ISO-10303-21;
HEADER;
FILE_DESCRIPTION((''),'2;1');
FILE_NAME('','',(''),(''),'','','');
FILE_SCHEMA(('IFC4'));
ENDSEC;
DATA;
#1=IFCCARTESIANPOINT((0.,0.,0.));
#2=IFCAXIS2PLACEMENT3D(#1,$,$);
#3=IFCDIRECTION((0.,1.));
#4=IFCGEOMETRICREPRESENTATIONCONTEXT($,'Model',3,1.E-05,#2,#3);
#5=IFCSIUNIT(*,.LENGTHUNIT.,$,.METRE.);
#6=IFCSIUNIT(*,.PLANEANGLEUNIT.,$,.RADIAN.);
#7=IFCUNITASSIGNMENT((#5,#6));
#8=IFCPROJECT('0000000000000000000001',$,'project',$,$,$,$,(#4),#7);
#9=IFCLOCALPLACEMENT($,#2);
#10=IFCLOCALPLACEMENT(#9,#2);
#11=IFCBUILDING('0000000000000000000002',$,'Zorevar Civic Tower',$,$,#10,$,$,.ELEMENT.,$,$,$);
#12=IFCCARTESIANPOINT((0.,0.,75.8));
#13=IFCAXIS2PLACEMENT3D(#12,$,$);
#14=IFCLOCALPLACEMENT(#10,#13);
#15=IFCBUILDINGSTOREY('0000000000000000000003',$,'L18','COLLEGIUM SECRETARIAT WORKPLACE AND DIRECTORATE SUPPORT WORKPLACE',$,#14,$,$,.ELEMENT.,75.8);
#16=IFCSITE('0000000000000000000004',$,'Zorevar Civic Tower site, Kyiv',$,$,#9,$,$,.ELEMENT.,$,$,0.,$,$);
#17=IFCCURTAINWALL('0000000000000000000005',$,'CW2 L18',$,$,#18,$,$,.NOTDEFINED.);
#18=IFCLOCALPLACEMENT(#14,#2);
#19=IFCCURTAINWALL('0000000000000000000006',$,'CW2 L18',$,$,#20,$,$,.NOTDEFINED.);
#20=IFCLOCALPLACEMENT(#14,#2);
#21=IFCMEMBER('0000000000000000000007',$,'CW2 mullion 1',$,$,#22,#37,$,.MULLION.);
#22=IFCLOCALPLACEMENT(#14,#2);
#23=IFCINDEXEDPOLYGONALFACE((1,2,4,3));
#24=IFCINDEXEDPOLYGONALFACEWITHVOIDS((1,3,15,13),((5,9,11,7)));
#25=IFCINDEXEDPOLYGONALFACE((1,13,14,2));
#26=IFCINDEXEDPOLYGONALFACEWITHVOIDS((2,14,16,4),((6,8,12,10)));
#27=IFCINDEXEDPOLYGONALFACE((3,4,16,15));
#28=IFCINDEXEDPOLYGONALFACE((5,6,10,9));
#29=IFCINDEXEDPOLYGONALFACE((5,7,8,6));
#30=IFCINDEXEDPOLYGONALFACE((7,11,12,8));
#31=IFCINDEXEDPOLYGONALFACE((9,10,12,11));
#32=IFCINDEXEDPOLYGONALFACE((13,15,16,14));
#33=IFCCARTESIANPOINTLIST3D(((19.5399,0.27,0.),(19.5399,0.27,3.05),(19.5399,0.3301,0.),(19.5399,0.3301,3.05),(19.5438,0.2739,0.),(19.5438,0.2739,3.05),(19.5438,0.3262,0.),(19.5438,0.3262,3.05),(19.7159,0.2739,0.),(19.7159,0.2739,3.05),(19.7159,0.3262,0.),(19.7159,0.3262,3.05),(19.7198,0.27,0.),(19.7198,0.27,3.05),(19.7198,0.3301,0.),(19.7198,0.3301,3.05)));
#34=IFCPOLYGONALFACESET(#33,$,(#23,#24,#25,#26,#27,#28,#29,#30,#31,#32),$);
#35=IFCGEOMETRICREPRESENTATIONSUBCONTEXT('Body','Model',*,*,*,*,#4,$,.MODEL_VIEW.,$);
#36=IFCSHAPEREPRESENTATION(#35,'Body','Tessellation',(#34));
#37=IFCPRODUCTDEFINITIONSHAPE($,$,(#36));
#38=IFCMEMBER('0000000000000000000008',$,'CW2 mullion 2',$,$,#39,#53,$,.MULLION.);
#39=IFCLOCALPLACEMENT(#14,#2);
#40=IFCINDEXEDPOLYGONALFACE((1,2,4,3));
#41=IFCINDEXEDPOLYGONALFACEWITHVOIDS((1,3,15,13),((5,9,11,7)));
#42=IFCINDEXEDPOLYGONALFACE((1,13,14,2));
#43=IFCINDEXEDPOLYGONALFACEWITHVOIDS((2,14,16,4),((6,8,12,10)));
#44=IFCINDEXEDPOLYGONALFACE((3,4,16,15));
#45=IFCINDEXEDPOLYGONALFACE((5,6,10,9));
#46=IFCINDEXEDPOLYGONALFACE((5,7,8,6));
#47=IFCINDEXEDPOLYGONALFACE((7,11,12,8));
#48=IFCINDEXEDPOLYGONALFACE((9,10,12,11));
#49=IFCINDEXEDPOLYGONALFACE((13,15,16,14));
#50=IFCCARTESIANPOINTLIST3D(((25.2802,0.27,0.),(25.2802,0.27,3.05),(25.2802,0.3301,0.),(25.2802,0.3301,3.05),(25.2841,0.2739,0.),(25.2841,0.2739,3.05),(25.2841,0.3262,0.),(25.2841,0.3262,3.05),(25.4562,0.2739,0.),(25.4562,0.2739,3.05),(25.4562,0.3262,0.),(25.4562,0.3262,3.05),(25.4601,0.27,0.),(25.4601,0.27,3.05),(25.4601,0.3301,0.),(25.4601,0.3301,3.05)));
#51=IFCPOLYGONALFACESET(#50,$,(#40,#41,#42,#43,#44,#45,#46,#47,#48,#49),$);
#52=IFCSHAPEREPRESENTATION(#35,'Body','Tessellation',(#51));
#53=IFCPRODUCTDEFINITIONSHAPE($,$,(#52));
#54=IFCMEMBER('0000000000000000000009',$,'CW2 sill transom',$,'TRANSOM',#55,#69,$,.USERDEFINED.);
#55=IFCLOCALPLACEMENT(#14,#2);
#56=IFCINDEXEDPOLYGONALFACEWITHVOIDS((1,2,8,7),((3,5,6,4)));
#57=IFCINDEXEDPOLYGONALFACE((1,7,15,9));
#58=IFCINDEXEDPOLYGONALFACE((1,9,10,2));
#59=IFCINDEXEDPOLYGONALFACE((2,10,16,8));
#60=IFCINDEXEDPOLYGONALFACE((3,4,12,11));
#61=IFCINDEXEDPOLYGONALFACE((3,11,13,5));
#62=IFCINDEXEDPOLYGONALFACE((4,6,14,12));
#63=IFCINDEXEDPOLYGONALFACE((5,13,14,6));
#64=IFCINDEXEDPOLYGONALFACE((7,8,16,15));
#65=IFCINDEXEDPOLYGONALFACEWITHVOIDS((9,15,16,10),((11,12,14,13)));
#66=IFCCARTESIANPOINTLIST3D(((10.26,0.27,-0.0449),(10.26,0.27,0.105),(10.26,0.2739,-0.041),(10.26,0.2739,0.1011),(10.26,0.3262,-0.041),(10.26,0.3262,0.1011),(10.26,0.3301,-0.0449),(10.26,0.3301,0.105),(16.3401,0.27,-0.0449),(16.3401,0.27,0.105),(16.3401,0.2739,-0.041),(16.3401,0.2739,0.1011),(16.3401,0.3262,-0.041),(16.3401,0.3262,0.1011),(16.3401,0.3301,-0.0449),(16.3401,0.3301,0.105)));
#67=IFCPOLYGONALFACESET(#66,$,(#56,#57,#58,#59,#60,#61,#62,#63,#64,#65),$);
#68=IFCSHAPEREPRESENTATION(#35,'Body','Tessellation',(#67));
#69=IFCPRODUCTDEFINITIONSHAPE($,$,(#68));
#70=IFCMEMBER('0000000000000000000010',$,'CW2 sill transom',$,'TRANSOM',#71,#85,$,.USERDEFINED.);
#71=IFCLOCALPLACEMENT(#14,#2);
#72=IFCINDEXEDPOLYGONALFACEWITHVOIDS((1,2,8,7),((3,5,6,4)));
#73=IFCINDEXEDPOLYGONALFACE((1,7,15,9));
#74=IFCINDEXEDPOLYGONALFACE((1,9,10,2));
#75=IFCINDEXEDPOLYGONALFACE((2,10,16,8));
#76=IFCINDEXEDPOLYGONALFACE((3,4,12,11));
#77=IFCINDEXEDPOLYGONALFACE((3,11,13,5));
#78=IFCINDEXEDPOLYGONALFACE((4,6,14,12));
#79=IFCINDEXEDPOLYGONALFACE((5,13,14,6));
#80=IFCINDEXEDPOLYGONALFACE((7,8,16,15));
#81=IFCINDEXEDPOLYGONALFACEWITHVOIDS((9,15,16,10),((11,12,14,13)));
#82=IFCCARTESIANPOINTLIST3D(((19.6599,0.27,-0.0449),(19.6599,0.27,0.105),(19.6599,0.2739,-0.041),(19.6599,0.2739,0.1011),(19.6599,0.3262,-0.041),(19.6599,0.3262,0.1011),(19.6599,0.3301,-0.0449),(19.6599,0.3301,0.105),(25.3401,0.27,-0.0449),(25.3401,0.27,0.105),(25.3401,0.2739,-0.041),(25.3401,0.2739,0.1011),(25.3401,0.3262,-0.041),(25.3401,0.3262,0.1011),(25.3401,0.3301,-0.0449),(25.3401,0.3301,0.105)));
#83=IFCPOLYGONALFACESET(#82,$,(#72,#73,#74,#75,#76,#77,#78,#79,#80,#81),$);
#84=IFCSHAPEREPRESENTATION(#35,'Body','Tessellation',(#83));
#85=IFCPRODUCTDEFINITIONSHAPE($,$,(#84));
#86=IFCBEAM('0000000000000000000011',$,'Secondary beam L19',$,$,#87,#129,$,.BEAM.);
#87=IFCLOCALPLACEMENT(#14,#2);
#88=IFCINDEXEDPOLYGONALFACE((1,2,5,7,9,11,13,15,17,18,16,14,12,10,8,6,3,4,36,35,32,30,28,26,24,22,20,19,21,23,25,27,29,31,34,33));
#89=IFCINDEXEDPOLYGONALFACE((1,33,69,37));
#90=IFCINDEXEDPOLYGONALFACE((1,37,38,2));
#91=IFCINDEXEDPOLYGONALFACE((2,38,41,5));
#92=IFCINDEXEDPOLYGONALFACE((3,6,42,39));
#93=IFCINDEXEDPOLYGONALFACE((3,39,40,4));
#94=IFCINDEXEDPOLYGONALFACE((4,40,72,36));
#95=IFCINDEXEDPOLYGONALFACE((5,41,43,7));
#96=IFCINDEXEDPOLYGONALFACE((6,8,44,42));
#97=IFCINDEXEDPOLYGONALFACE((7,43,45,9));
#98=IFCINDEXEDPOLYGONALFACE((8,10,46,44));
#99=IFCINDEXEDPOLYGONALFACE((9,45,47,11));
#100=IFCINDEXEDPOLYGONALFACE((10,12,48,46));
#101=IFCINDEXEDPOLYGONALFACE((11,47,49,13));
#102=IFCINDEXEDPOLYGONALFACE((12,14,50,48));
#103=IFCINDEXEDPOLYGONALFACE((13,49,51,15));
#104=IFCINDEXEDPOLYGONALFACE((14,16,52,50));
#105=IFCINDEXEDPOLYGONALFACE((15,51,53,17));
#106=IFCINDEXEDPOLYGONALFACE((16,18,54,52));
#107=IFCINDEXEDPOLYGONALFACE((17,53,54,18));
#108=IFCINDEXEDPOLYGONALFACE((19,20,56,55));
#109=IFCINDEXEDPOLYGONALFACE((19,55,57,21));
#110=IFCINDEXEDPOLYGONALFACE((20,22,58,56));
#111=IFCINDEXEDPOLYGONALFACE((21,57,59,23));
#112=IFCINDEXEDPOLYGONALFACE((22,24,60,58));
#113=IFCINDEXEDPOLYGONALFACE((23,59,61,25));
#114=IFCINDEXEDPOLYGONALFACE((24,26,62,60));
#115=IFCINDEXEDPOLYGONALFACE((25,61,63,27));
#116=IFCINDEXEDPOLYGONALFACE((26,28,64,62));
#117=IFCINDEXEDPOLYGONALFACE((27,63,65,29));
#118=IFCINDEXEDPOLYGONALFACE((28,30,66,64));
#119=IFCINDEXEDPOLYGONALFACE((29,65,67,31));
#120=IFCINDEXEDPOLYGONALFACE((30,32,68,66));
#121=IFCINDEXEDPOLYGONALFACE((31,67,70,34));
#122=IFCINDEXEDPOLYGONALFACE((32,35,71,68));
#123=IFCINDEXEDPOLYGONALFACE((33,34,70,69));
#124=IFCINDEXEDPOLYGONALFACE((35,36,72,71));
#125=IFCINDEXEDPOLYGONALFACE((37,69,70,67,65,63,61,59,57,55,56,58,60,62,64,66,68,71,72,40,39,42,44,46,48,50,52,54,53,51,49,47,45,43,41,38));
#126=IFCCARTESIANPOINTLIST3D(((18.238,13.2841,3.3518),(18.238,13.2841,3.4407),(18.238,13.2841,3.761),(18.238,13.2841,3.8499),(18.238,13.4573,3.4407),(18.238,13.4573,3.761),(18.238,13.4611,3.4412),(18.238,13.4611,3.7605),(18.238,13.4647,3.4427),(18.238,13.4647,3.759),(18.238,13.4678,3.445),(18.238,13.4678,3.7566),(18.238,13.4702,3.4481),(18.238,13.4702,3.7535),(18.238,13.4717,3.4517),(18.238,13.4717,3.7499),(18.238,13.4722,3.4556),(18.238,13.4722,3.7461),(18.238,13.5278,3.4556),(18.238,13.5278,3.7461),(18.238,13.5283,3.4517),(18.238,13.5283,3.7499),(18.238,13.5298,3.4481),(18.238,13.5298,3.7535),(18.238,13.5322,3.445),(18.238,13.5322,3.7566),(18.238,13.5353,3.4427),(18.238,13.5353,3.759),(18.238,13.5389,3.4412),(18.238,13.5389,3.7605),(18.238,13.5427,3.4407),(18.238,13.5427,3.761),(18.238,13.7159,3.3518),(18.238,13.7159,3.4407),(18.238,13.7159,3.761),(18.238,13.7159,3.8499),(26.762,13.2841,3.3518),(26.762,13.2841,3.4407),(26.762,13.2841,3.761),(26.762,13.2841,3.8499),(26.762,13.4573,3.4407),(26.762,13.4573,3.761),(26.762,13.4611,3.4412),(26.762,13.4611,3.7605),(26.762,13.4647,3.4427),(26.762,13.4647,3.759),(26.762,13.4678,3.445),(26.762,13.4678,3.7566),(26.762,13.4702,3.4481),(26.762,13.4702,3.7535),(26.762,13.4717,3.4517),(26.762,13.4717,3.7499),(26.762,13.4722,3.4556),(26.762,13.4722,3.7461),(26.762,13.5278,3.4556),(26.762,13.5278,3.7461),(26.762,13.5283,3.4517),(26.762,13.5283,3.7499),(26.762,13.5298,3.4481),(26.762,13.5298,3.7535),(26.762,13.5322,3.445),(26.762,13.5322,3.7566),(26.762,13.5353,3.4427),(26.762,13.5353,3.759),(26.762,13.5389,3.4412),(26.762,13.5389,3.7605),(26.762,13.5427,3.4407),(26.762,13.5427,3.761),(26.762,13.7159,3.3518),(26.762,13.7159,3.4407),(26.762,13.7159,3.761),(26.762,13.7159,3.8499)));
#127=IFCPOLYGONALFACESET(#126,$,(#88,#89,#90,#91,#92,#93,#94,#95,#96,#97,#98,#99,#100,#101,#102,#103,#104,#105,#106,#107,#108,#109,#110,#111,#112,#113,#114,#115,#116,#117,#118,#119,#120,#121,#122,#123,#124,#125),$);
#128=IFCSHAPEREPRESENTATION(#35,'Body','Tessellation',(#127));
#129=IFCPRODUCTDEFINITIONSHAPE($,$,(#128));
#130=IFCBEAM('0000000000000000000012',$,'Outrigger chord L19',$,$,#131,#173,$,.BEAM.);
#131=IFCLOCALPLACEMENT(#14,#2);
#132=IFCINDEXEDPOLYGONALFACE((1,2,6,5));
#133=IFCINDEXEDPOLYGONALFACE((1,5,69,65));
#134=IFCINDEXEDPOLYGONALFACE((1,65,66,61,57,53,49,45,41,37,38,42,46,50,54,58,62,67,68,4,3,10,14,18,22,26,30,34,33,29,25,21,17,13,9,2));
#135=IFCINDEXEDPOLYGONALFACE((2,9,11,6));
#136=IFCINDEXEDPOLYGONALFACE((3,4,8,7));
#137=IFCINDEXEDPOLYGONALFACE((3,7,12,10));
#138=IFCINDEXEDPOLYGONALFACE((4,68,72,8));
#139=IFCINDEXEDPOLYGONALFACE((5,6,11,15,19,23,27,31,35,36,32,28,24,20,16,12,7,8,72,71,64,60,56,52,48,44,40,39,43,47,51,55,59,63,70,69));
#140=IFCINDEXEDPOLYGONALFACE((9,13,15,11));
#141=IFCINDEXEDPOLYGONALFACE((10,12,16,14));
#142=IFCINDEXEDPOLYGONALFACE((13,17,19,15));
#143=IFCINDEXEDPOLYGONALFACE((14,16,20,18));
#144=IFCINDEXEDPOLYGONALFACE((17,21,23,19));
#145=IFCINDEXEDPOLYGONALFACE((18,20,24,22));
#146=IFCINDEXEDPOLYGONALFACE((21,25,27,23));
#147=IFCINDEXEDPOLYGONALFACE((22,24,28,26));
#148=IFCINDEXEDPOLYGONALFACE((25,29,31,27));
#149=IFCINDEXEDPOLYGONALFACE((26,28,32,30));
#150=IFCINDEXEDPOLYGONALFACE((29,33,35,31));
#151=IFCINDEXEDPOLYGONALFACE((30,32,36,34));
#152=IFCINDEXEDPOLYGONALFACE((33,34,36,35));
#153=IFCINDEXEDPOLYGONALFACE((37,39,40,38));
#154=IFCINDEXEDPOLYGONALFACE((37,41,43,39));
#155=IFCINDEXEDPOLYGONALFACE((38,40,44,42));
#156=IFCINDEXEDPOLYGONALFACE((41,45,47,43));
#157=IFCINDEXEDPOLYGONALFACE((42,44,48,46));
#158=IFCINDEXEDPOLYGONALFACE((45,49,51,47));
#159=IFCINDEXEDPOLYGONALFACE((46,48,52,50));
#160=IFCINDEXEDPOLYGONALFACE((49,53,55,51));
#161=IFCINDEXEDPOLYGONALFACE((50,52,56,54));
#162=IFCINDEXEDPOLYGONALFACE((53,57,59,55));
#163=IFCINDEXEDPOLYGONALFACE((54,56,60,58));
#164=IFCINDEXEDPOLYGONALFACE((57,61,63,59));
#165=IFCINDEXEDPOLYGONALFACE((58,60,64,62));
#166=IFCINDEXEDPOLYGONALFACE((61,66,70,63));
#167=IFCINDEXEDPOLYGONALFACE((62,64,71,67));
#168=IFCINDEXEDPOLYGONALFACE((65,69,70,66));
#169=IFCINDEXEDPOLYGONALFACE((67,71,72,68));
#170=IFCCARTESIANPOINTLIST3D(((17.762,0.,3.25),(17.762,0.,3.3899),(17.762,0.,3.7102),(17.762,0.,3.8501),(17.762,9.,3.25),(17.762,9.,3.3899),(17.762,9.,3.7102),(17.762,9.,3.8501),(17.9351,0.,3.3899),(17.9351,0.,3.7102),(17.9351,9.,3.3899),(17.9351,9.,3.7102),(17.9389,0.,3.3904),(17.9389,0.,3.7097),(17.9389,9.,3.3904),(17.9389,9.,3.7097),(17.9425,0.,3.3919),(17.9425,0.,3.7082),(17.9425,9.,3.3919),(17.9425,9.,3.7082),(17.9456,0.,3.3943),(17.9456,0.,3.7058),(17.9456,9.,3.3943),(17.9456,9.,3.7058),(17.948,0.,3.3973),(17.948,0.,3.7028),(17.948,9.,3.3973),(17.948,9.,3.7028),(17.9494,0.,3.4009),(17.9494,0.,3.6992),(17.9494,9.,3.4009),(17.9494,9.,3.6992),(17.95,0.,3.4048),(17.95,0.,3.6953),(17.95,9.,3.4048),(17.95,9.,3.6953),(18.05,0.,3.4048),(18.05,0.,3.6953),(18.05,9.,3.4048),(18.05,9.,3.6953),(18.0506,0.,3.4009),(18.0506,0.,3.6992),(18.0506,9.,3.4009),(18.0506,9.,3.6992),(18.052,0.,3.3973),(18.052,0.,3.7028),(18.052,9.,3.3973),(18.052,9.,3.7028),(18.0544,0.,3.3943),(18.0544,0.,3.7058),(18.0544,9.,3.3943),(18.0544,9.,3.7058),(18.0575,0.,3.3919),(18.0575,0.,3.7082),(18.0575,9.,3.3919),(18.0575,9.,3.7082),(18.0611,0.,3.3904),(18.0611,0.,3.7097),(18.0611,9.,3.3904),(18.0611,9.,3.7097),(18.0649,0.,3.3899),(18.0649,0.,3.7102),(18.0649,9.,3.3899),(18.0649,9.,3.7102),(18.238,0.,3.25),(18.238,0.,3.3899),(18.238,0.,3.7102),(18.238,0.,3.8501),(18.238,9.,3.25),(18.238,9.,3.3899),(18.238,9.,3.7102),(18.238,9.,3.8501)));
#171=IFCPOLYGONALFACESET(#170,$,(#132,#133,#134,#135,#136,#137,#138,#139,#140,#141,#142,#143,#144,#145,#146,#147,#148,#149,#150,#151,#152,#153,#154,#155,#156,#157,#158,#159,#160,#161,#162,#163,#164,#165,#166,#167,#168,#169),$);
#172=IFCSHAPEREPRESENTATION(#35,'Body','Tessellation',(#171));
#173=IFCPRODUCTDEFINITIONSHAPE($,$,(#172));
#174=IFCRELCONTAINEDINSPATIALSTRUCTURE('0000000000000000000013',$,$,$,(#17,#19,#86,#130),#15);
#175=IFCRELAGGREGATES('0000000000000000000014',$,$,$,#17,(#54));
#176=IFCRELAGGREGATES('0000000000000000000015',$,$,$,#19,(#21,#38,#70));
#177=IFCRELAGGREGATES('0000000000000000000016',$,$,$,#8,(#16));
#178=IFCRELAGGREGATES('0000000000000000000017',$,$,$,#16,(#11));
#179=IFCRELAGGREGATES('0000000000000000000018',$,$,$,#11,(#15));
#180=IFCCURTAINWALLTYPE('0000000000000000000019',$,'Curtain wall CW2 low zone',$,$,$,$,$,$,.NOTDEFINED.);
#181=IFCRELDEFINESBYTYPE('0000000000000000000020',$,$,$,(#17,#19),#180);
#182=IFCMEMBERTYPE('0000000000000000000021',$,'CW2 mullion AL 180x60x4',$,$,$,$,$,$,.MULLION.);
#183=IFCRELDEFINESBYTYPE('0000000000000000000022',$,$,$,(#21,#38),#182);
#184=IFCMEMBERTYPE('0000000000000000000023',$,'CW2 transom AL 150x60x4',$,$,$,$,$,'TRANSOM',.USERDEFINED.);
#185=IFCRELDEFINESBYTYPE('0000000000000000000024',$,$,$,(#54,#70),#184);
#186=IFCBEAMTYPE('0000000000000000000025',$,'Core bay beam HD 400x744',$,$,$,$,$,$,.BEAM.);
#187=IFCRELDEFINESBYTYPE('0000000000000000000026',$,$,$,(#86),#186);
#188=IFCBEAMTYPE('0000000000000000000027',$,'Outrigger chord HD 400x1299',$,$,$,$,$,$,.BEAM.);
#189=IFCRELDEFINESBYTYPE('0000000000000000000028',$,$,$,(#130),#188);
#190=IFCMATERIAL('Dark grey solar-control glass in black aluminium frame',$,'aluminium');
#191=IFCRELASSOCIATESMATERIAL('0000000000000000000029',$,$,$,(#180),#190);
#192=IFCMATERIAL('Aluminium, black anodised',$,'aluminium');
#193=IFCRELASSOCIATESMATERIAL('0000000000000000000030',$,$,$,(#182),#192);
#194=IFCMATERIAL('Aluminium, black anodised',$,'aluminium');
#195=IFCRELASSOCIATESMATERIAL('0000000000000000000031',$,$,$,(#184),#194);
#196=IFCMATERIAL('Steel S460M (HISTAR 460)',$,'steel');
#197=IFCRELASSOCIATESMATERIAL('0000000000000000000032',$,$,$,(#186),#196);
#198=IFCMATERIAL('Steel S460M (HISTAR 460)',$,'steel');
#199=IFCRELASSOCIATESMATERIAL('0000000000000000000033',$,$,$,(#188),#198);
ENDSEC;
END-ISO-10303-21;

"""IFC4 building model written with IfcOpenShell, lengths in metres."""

from ifc_helpers import new_model, si_unit, direction, frame, origin, origin_2d, place, context, subcontext, project, spatial, hollow_rectangle, i_section, extrude, material, material_profile, profile_set, type_object, element, aggregate, save


model = new_model("IFC4")

# Units and contexts
model_context = context("Model", 3, precision=1e-05, world=origin(), true_north=direction((0.0, 1.0)))
body_context = subcontext(model_context, "Body", "Model", "MODEL_VIEW")
ifc_project = project(units=[si_unit("LENGTHUNIT", "METRE"), si_unit("PLANEANGLEUNIT", "RADIAN")], contexts=[model_context])

# Site, building, storey
site_placement = place(None, origin())
site = spatial("IfcSite", under=ifc_project, at=site_placement, Name="Zorevar Civic Tower site, Kyiv", CompositionType="ELEMENT", RefElevation=0.0)
building_placement = place(site_placement, origin())
building = spatial("IfcBuilding", under=site, at=building_placement, Name="Zorevar Civic Tower", CompositionType="ELEMENT")
storey_placement = place(building_placement, frame((0.0, 0.0, 75.8)))
storey = spatial("IfcBuildingStorey", under=building, at=storey_placement, Name="L18", Description="COLLEGIUM SECRETARIAT WORKPLACE AND DIRECTORATE SUPPORT WORKPLACE", CompositionType="ELEMENT", Elevation=75.8)

# Curtain walls, members
ifc_material_1 = material(Name="Dark grey solar-control glass in black aluminium frame", Category="aluminium")
curtain_wall_type = type_object("IfcCurtainWallType", Name="Curtain wall CW2 low zone", PredefinedType="NOTDEFINED", material=ifc_material_1)
curtain_wall_1_placement = place(storey_placement, origin())
curtain_wall_1 = element("IfcCurtainWall", 1, at=curtain_wall_1_placement, inside=storey, type_object=curtain_wall_type, Name="CW2 L18", PredefinedType="NOTDEFINED")
ifc_material_2 = material(Name="Aluminium, black anodised", Category="aluminium")
ifc_material_profile_1 = material_profile(ifc_material_2, hollow_rectangle(XDim=0.0601, YDim=0.1799, WallThickness=0.0039, at=origin_2d()), Name="AL 180x60x4")
ifc_profile_set_1 = profile_set([ifc_material_profile_1], Name="Aluminium, black anodised")
member_type_1 = type_object("IfcMemberType", Name="CW2 mullion AL 180x60x4", PredefinedType="MULLION", material=ifc_profile_set_1)
curtain_wall_2_placement = place(storey_placement, origin())
curtain_wall_2 = element("IfcCurtainWall", 2, at=curtain_wall_2_placement, inside=storey, type_object=curtain_wall_type, Name="CW2 L18", PredefinedType="NOTDEFINED")
member_1_placement = place(storey_placement, frame((19.6299, 0.3, 0.0), z_axis=(0.0, 0.0, 1.0), x_axis=(0.0, 1.0, 0.0)))
member_1 = element("IfcMember", 3, at=member_1_placement, type_object=member_type_1, Name="CW2 mullion 1", PredefinedType="MULLION", context=body_context, shape_type="SweptSolid", body=[
    extrude(hollow_rectangle(XDim=0.0601, YDim=0.1799, WallThickness=0.0039, at=origin_2d()), origin(), (0.0, 0.0, 1.0), 3.05),
])
member_2_placement = place(storey_placement, frame((25.3701, 0.3, 0.0), z_axis=(0.0, 0.0, 1.0), x_axis=(0.0, 1.0, 0.0)))
member_2 = element("IfcMember", 4, at=member_2_placement, type_object=member_type_1, Name="CW2 mullion 2", PredefinedType="MULLION", context=body_context, shape_type="SweptSolid", body=[
    extrude(hollow_rectangle(XDim=0.0601, YDim=0.1799, WallThickness=0.0039, at=origin_2d()), origin(), (0.0, 0.0, 1.0), 3.05),
])

# Members
ifc_material_3 = material(Name="Aluminium, black anodised", Category="aluminium")
ifc_material_profile_2 = material_profile(ifc_material_3, hollow_rectangle(XDim=0.0601, YDim=0.1499, WallThickness=0.0039, at=origin_2d()), Name="AL 150x60x4")
ifc_profile_set_2 = profile_set([ifc_material_profile_2], Name="Aluminium, black anodised")
member_type_2 = type_object("IfcMemberType", Name="CW2 transom AL 150x60x4", ElementType="TRANSOM", PredefinedType="USERDEFINED", material=ifc_profile_set_2)
member_3_placement = place(storey_placement, frame((10.26, 0.3, 0.03), z_axis=(1.0, 0.0, 0.0), x_axis=(0.0, 1.0, 0.0)))
member_3 = element("IfcMember", 5, at=member_3_placement, type_object=member_type_2, Name="CW2 sill transom", ObjectType="TRANSOM", PredefinedType="USERDEFINED", context=body_context, shape_type="SweptSolid", body=[
    extrude(hollow_rectangle(XDim=0.0601, YDim=0.1499, WallThickness=0.0039, at=origin_2d()), origin(), (0.0, 0.0, 1.0), 6.0801),
])
member_4_placement = place(storey_placement, frame((19.6599, 0.3, 0.03), z_axis=(1.0, 0.0, 0.0), x_axis=(0.0, 1.0, 0.0)))
member_4 = element("IfcMember", 6, at=member_4_placement, type_object=member_type_2, Name="CW2 sill transom", ObjectType="TRANSOM", PredefinedType="USERDEFINED", context=body_context, shape_type="SweptSolid", body=[
    extrude(hollow_rectangle(XDim=0.0601, YDim=0.1499, WallThickness=0.0039, at=origin_2d()), origin(), (0.0, 0.0, 1.0), 5.6802),
])

# Beams
ifc_material_4 = material(Name="Steel S460M (HISTAR 460)", Category="steel")
ifc_material_profile_3 = material_profile(ifc_material_4, i_section(OverallWidth=0.4319, OverallDepth=0.498, WebThickness=0.0557, FlangeThickness=0.0889, FilletRadius=0.0149, at=origin_2d()), Name="HD 400x744")
ifc_profile_set_3 = profile_set([ifc_material_profile_3], Name="Steel S460M (HISTAR 460)")
beam_type_1 = type_object("IfcBeamType", Name="Core bay beam HD 400x744", PredefinedType="BEAM", material=ifc_profile_set_3)
beam_1_placement = place(storey_placement, frame((18.238, 13.5, 3.6008), z_axis=(1.0, 0.0, 0.0), x_axis=(0.0, 1.0, 0.0)))
element("IfcBeam", 7, at=beam_1_placement, inside=storey, type_object=beam_type_1, Name="Secondary beam L19", PredefinedType="BEAM", context=body_context, shape_type="SweptSolid", body=[
    extrude(i_section(OverallWidth=0.4319, OverallDepth=0.498, WebThickness=0.0557, FlangeThickness=0.0889, FilletRadius=0.0149, at=origin_2d()), origin(), (0.0, 0.0, 1.0), 8.5239),
])
ifc_material_5 = material(Name="Steel S460M (HISTAR 460)", Category="steel")
ifc_material_profile_4 = material_profile(ifc_material_5, i_section(OverallWidth=0.4761, OverallDepth=0.6001, WebThickness=0.1001, FlangeThickness=0.1399, FilletRadius=0.0149, at=origin_2d()), Name="HD 400x1299")
ifc_profile_set_4 = profile_set([ifc_material_profile_4], Name="Steel S460M (HISTAR 460)")
beam_type_2 = type_object("IfcBeamType", Name="Outrigger chord HD 400x1299", PredefinedType="BEAM", material=ifc_profile_set_4)
beam_2_placement = place(storey_placement, frame((18.0, 0.0, 3.55), z_axis=(0.0, 1.0, 0.0), x_axis=(-1.0, 0.0, 0.0)))
element("IfcBeam", 8, at=beam_2_placement, inside=storey, type_object=beam_type_2, Name="Outrigger chord L19", PredefinedType="BEAM", context=body_context, shape_type="SweptSolid", body=[
    extrude(i_section(OverallWidth=0.4761, OverallDepth=0.6001, WebThickness=0.1001, FlangeThickness=0.1399, FilletRadius=0.0149, at=origin_2d()), origin(), (0.0, 0.0, 1.0), 9.0),
])

aggregate(curtain_wall_1, [member_3])
aggregate(curtain_wall_2, [member_1, member_2, member_4])

save(model, "model.ifc")
